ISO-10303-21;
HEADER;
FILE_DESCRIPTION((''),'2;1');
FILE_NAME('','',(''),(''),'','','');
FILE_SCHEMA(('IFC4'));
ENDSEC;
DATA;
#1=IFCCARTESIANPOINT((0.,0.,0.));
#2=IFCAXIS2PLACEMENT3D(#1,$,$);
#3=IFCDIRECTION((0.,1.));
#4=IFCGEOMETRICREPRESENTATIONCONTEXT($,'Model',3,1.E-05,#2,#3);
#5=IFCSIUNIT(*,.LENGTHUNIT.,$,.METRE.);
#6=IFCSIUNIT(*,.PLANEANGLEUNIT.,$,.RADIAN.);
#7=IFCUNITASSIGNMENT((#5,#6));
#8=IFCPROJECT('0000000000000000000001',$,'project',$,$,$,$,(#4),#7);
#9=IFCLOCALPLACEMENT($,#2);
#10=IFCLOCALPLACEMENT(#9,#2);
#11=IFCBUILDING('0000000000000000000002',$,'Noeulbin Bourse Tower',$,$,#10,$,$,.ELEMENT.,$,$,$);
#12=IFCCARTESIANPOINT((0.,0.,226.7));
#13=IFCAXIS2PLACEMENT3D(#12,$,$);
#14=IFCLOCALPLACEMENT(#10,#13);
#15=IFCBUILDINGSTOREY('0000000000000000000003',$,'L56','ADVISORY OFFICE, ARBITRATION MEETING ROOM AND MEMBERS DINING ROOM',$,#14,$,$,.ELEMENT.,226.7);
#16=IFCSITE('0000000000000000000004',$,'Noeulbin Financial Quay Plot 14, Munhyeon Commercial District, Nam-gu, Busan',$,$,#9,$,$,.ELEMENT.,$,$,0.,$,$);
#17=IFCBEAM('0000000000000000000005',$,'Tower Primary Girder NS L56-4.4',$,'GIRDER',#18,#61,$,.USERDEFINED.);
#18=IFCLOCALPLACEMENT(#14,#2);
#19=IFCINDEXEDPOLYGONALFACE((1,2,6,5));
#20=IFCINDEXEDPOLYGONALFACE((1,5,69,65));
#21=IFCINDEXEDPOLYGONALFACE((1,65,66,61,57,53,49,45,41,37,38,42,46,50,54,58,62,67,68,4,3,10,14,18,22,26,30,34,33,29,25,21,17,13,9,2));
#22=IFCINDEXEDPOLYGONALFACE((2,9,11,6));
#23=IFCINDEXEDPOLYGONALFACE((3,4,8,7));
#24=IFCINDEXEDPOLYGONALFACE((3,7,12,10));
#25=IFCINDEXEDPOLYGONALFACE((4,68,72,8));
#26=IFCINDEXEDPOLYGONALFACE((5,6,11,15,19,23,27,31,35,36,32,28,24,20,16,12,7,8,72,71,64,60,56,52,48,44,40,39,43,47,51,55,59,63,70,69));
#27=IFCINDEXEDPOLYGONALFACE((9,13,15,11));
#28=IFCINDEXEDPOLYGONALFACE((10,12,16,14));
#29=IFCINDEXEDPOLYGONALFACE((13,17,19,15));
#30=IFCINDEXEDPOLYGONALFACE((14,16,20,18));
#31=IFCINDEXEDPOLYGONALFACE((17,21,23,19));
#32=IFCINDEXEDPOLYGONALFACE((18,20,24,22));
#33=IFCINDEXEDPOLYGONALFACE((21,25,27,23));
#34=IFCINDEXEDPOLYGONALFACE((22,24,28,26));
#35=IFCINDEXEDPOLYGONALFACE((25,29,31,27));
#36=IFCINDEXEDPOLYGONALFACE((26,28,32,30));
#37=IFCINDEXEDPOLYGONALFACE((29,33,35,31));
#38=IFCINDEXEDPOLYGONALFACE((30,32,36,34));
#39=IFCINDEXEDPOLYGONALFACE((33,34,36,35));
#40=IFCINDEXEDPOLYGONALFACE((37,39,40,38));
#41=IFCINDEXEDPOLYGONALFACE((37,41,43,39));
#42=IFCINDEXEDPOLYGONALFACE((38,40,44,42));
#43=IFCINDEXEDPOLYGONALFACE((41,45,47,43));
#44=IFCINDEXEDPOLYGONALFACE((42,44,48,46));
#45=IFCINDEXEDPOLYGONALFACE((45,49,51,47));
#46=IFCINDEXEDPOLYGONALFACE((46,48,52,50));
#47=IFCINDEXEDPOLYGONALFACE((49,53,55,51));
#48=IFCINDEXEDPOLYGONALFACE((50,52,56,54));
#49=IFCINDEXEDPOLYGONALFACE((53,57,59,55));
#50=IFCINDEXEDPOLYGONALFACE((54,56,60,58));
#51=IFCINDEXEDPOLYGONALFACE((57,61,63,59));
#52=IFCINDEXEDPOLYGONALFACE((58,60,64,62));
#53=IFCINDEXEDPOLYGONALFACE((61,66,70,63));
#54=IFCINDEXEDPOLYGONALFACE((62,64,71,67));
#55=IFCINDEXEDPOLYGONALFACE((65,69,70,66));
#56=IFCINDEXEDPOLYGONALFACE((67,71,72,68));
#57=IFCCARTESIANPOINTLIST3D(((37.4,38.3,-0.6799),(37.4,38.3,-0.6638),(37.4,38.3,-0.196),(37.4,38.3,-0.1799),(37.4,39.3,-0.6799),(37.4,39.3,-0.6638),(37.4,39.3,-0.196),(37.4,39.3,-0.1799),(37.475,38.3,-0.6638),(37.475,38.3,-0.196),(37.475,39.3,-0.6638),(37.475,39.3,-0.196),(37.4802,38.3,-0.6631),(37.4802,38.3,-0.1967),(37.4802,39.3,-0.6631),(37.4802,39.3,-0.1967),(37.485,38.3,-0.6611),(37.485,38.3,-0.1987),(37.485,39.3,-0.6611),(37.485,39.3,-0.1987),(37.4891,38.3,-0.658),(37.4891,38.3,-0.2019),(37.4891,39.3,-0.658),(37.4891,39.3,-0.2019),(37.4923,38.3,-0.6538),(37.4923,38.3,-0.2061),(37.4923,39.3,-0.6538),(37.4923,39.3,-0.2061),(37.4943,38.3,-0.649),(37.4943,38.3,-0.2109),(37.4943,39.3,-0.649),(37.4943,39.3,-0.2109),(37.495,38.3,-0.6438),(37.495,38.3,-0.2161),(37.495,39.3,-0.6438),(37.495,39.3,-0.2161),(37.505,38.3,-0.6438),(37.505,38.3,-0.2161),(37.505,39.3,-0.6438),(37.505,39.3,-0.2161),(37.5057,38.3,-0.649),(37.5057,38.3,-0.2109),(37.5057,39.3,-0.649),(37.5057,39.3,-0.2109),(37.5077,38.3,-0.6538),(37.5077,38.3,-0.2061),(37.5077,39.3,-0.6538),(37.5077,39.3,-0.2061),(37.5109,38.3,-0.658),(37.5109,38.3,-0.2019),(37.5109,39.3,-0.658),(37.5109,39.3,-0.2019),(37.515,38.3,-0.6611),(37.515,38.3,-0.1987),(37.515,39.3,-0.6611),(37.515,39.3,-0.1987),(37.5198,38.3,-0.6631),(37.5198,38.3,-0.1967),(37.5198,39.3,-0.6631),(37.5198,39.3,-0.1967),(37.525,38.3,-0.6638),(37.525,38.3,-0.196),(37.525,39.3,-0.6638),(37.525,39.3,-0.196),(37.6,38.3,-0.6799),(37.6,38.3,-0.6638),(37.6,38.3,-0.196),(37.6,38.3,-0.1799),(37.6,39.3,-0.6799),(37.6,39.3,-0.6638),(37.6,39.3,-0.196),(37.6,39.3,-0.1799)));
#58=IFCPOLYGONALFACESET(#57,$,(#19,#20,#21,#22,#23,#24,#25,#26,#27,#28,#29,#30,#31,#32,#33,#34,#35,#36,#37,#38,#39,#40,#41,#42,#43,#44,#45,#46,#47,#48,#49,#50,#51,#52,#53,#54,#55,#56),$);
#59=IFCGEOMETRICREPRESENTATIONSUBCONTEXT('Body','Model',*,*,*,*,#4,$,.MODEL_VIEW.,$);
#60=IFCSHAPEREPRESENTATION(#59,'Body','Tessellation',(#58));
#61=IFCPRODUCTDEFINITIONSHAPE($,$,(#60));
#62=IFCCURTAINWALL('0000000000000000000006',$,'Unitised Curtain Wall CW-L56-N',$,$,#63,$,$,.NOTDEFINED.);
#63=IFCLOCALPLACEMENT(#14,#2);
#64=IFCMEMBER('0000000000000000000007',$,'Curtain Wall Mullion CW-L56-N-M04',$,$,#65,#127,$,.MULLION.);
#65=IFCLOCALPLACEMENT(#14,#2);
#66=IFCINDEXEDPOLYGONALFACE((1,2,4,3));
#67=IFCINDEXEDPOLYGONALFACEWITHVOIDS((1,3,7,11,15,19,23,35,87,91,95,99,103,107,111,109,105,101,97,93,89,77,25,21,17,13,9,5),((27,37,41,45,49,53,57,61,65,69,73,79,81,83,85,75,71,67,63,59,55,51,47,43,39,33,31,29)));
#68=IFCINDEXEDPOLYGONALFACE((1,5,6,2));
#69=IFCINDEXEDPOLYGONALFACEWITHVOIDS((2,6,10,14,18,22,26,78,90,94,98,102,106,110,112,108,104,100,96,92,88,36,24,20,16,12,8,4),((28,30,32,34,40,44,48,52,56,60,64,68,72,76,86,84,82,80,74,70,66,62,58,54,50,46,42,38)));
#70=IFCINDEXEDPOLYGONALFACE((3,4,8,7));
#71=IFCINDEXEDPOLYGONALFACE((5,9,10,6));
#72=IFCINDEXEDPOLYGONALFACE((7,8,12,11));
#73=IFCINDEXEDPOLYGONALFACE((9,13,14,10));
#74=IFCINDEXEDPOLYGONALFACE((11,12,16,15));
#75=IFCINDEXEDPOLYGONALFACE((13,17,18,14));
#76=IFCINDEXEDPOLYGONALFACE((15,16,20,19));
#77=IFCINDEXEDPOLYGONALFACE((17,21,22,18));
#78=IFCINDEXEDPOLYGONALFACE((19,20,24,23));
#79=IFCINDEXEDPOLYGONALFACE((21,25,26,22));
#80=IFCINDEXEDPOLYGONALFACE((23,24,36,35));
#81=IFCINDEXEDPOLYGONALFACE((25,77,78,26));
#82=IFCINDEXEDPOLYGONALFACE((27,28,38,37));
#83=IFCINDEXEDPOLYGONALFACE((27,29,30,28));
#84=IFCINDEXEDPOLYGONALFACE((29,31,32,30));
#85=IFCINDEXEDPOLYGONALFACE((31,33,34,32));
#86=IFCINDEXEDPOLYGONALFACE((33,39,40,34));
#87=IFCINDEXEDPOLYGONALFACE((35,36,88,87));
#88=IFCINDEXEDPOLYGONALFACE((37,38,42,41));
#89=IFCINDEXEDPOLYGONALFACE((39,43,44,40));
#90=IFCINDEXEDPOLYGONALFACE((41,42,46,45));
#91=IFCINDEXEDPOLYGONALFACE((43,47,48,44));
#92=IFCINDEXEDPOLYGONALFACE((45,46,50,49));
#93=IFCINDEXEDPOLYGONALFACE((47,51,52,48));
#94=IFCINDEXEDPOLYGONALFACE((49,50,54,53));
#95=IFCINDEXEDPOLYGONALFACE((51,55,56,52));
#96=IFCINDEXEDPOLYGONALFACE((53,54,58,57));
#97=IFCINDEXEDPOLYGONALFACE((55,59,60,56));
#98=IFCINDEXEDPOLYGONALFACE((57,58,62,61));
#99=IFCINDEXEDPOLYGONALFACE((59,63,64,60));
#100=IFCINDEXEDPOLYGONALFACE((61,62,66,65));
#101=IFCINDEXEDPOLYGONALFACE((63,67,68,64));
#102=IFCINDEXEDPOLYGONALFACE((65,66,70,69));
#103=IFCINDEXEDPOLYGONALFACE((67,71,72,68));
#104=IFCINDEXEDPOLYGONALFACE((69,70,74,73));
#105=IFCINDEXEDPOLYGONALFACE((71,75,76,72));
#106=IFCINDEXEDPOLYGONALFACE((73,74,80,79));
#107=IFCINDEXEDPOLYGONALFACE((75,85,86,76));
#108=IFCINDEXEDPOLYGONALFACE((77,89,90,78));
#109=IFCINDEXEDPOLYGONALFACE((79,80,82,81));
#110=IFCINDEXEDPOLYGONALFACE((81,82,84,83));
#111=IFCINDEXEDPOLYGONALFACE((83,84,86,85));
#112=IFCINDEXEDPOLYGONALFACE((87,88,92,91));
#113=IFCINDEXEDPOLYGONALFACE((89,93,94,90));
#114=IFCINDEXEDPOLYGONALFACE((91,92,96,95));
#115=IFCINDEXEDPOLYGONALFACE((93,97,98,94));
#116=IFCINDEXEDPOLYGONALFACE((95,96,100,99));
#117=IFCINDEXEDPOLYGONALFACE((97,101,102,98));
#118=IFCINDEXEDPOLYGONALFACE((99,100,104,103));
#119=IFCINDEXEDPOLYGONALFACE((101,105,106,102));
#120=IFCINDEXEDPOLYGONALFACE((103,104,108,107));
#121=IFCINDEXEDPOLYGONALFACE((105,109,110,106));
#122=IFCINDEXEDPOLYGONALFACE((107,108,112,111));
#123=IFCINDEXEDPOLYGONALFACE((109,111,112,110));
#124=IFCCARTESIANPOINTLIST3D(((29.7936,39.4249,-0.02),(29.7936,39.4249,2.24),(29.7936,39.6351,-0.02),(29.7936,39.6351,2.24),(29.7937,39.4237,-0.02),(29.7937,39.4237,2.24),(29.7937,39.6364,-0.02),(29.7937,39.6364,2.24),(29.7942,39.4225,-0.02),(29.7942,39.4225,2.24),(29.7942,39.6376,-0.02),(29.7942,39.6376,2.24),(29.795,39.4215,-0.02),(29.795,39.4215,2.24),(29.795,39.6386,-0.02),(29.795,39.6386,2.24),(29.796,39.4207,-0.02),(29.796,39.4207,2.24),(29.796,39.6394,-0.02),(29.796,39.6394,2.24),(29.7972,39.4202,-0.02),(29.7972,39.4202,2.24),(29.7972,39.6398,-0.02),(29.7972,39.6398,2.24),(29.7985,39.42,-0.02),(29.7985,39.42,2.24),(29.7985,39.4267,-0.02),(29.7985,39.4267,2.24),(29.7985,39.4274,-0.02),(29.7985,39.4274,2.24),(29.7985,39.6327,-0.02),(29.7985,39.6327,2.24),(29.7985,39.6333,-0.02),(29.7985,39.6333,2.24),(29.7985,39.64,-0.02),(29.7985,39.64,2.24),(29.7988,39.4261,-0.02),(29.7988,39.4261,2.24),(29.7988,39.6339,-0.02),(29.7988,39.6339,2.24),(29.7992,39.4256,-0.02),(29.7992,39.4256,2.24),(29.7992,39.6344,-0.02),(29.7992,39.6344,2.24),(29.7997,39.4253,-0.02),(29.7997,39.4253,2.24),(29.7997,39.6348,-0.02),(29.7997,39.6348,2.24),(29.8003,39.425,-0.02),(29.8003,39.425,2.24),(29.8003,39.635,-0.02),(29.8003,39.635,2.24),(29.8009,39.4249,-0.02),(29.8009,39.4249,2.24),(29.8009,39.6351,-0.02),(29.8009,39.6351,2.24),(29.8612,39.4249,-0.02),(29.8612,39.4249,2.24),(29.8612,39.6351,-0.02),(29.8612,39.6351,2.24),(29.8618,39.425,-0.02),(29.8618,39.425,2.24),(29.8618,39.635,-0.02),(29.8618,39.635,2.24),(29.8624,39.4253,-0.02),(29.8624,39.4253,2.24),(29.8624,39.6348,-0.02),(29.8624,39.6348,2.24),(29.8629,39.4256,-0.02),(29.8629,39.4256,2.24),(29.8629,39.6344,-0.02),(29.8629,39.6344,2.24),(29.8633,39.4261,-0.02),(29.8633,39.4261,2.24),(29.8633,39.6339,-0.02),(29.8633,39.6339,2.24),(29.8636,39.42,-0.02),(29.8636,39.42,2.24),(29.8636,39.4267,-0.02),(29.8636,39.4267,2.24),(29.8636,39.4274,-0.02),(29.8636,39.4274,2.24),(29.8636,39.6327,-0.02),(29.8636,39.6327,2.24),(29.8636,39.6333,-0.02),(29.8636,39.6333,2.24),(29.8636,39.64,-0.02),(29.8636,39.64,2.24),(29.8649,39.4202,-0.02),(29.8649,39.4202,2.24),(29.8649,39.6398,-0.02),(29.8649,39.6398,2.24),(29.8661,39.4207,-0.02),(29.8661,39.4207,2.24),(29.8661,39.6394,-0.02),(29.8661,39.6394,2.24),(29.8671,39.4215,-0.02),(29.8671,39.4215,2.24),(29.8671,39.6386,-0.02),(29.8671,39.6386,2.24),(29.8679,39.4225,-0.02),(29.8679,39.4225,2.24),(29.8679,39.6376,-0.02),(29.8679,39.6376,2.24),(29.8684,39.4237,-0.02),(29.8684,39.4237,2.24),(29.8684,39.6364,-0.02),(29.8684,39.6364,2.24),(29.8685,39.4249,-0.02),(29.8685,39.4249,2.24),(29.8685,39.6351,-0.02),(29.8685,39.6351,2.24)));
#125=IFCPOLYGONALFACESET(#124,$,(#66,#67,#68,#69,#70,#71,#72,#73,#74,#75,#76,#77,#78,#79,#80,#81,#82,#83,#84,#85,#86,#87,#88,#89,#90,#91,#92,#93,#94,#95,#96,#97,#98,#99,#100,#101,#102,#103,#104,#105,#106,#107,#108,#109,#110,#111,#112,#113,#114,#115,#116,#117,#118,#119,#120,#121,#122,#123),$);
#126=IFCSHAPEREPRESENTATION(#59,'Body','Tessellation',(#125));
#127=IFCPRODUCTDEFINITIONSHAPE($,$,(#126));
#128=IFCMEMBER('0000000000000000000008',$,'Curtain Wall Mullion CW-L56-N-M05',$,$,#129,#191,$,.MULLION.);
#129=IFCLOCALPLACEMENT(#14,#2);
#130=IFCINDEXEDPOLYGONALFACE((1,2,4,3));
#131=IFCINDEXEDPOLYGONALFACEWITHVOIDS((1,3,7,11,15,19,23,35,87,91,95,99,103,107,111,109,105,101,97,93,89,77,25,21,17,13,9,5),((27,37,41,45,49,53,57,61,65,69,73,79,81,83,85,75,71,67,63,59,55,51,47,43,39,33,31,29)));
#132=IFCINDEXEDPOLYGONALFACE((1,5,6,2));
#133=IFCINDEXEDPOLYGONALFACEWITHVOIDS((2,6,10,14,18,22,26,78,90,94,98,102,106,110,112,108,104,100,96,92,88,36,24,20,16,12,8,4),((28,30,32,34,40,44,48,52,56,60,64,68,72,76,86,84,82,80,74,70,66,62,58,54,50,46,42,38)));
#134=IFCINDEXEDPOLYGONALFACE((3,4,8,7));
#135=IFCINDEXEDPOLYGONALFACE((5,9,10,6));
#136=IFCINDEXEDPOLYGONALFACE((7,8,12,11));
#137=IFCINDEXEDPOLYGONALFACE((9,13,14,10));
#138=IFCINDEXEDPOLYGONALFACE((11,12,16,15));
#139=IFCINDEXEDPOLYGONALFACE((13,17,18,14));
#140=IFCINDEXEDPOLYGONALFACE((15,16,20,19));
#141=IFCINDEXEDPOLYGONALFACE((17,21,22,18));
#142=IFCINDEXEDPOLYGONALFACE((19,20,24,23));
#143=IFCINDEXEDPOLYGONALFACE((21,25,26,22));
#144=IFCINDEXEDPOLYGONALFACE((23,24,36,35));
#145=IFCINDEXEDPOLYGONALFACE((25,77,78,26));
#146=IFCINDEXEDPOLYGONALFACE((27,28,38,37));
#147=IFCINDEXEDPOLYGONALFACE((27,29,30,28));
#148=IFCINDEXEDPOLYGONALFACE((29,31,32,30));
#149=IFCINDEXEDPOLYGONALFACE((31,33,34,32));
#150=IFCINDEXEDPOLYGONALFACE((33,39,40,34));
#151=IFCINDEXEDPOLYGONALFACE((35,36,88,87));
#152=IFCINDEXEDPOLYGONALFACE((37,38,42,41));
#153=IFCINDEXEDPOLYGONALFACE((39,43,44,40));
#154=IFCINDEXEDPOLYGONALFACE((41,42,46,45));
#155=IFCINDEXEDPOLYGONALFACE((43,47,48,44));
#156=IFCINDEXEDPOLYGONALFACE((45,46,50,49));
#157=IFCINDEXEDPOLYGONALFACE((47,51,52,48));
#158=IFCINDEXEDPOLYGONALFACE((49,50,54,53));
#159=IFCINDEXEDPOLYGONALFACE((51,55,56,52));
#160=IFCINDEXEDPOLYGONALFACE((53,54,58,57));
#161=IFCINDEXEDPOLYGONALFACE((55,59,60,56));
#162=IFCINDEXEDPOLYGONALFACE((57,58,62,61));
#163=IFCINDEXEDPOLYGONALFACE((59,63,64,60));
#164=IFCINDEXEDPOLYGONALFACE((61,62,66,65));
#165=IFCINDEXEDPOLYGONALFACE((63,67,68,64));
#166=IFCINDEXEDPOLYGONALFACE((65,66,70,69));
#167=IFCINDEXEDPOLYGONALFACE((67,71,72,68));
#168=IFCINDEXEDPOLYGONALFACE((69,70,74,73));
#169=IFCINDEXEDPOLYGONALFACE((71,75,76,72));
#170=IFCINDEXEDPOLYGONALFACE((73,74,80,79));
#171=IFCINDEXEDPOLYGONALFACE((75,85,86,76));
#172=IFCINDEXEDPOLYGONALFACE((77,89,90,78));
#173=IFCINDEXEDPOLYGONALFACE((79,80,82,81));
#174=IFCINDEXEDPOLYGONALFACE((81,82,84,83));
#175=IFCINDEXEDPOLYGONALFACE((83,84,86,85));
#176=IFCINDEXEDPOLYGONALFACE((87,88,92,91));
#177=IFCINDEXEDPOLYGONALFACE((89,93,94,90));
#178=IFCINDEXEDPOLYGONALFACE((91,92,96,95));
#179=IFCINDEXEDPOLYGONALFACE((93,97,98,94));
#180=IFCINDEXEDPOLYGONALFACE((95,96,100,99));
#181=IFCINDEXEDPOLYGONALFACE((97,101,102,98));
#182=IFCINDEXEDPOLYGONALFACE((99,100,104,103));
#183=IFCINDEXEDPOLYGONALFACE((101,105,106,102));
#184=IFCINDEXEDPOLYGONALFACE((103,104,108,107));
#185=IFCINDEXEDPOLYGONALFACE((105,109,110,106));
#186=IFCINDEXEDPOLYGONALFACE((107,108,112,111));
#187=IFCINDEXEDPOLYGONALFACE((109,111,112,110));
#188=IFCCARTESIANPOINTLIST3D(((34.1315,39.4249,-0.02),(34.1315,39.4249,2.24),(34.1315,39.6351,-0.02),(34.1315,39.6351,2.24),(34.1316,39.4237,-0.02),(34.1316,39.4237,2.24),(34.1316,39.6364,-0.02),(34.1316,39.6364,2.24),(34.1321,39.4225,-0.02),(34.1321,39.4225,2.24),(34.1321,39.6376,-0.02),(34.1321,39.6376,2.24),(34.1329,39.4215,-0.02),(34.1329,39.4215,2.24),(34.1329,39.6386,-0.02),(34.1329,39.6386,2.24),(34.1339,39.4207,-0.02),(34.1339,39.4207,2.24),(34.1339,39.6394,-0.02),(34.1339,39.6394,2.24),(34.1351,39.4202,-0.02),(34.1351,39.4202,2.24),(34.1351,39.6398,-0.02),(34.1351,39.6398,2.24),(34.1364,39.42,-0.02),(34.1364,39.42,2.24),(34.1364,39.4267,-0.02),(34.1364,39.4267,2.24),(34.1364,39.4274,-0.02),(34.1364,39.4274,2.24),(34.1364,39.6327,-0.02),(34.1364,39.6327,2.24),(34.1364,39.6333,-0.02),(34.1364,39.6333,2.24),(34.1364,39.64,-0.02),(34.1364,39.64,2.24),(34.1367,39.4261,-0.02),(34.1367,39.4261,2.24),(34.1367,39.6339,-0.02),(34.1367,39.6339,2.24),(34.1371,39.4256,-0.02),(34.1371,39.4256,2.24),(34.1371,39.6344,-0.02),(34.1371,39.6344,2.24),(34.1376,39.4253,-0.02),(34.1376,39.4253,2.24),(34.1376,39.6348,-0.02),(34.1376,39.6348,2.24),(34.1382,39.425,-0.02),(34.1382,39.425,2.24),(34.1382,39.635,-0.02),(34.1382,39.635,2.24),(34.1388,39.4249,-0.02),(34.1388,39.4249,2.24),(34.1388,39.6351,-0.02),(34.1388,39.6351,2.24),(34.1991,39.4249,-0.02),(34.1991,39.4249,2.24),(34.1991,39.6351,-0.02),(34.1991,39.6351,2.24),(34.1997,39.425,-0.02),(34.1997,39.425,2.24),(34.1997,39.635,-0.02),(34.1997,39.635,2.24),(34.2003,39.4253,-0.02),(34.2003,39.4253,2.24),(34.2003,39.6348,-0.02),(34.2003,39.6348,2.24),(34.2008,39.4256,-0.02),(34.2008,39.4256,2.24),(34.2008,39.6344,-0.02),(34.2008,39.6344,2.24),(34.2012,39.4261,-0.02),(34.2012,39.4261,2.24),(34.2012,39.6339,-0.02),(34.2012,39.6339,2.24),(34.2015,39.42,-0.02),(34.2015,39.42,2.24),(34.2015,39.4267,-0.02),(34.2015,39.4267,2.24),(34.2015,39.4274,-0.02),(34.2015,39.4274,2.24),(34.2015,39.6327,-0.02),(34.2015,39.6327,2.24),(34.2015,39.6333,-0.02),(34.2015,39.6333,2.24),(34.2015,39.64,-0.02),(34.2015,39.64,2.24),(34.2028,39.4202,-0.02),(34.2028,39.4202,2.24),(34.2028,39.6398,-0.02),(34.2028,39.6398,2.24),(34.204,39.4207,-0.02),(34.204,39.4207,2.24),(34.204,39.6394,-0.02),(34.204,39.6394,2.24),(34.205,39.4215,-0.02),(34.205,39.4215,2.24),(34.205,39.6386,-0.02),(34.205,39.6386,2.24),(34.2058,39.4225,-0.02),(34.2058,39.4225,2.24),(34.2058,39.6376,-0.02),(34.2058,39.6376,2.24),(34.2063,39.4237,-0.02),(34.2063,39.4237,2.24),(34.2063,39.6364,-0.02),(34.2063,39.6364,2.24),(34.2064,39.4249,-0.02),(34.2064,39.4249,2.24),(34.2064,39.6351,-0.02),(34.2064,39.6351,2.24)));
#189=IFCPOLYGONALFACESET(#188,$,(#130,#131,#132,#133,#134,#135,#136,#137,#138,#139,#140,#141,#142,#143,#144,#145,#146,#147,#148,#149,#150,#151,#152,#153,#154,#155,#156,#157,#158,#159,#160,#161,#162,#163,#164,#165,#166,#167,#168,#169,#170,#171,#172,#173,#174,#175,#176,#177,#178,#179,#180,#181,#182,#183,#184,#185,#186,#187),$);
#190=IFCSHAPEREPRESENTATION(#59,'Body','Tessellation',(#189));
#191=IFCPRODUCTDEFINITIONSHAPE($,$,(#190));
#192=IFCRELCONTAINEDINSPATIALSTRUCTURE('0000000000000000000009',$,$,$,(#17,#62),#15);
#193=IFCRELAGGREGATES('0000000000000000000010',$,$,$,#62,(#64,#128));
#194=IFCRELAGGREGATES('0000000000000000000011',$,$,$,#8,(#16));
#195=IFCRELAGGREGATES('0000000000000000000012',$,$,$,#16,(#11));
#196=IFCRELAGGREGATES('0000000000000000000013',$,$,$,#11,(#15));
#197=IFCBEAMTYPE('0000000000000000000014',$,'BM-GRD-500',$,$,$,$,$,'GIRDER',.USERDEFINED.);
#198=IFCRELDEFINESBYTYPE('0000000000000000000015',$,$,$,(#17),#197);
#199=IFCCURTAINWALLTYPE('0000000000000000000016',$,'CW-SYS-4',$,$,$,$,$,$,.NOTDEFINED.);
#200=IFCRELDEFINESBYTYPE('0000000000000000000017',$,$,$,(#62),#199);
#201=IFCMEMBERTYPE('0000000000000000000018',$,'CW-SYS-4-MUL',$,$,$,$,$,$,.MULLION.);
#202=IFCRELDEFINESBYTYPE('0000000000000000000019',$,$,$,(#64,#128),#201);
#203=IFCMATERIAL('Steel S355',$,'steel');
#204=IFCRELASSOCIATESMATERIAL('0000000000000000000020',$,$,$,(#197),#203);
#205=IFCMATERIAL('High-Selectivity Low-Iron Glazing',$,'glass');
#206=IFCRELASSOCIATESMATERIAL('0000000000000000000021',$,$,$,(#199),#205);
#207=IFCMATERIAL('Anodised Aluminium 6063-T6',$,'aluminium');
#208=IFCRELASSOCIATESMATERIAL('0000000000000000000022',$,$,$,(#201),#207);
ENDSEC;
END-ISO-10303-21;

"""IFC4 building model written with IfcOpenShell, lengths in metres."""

from ifc_helpers import new_model, si_unit, direction, frame, origin, origin_2d, place, context, subcontext, project, spatial, hollow_rectangle, i_section, extrude, material, material_profile, profile_set, type_object, element, aggregate, save


model = new_model("IFC4")

# Units and contexts
model_context = context("Model", 3, precision=1e-05, world=origin(), true_north=direction((0.0, 1.0)))
body_context = subcontext(model_context, "Body", "Model", "MODEL_VIEW")
ifc_project = project(units=[si_unit("LENGTHUNIT", "METRE"), si_unit("PLANEANGLEUNIT", "RADIAN")], contexts=[model_context])

# Site, building, storey
site_placement = place(None, origin())
site = spatial("IfcSite", under=ifc_project, at=site_placement, Name="Noeulbin Financial Quay Plot 14, Munhyeon Commercial District, Nam-gu, Busan", CompositionType="ELEMENT", RefElevation=0.0)
building_placement = place(site_placement, origin())
building = spatial("IfcBuilding", under=site, at=building_placement, Name="Noeulbin Bourse Tower", CompositionType="ELEMENT")
storey_placement = place(building_placement, frame((0.0, 0.0, 226.7)))
storey = spatial("IfcBuildingStorey", under=building, at=storey_placement, Name="L56", Description="ADVISORY OFFICE, ARBITRATION MEETING ROOM AND MEMBERS DINING ROOM", CompositionType="ELEMENT", Elevation=226.7)

# Shared definitions
ifc_material_1 = material(Name="Steel S355", Category="steel")

# Beam
ifc_material_profile_1 = material_profile(ifc_material_1, i_section(OverallWidth=0.2, OverallDepth=0.5, WebThickness=0.01, FlangeThickness=0.0161, FilletRadius=0.02, at=origin_2d()), Name="H-500x200x10x16", Category="LoadBearing")
ifc_profile_set_1 = profile_set([ifc_material_profile_1], Name="Steel S355")
beam_type = type_object("IfcBeamType", Name="BM-GRD-500", ElementType="GIRDER", PredefinedType="USERDEFINED", material=ifc_profile_set_1)
for number, where, z_axis, x_axis, name in (
    (1, (37.5, 38.3, -0.4299), (0.0, 1.0, 0.0), (-1.0, 0.0, 0.0), "Tower Primary Girder NS L56-4.4"),
):
    element("IfcBeam", number, at=place(storey_placement, frame(where, z_axis=z_axis, x_axis=x_axis)), inside=storey, type_object=beam_type, Name=name, ObjectType="GIRDER", PredefinedType="USERDEFINED", context=body_context, shape_type="SweptSolid", body=[
        extrude(i_section(OverallWidth=0.2, OverallDepth=0.5, WebThickness=0.01, FlangeThickness=0.0161, FilletRadius=0.02, at=origin_2d()), origin(), (0.0, 0.0, 1.0), 1.0),
    ])

# Curtain wall, members
ifc_material_2 = material(Name="High-Selectivity Low-Iron Glazing", Category="glass")
curtain_wall_type = type_object("IfcCurtainWallType", Name="CW-SYS-4", PredefinedType="NOTDEFINED", material=ifc_material_2)
curtain_wall_placement = place(storey_placement, origin())
curtain_wall = element("IfcCurtainWall", 2, at=curtain_wall_placement, inside=storey, type_object=curtain_wall_type, Name="Unitised Curtain Wall CW-L56-N", PredefinedType="NOTDEFINED")
ifc_material_3 = material(Name="Anodised Aluminium 6063-T6", Category="aluminium")
ifc_material_profile_2 = material_profile(ifc_material_3, hollow_rectangle(XDim=0.075, YDim=0.22, WallThickness=0.0049, InnerFilletRadius=0.0024, OuterFilletRadius=0.0049, at=origin_2d()), Name="ALU-MULL-75x220x5", Category="LoadBearing")
ifc_profile_set_2 = profile_set([ifc_material_profile_2], Name="Anodised Aluminium 6063-T6")
member_type = type_object("IfcMemberType", Name="CW-SYS-4-MUL", PredefinedType="MULLION", material=ifc_profile_set_2)
member_1_placement = place(storey_placement, frame((29.8311, 39.53, -0.02), z_axis=(0.0, 0.0, 1.0), x_axis=(1.0, 0.0, 0.0)))
member_1 = element("IfcMember", 3, at=member_1_placement, type_object=member_type, Name="Curtain Wall Mullion CW-L56-N-M04", PredefinedType="MULLION", context=body_context, shape_type="SweptSolid", body=[
    extrude(hollow_rectangle(XDim=0.075, YDim=0.22, WallThickness=0.0049, InnerFilletRadius=0.0024, OuterFilletRadius=0.0049, at=origin_2d()), origin(), (0.0, 0.0, 1.0), 2.26),
])
member_2_placement = place(storey_placement, frame((34.1689, 39.53, -0.02), z_axis=(0.0, 0.0, 1.0), x_axis=(1.0, 0.0, 0.0)))
member_2 = element("IfcMember", 4, at=member_2_placement, type_object=member_type, Name="Curtain Wall Mullion CW-L56-N-M05", PredefinedType="MULLION", context=body_context, shape_type="SweptSolid", body=[
    extrude(hollow_rectangle(XDim=0.075, YDim=0.22, WallThickness=0.0049, InnerFilletRadius=0.0024, OuterFilletRadius=0.0049, at=origin_2d()), origin(), (0.0, 0.0, 1.0), 2.26),
])
aggregate(curtain_wall, [member_1, member_2])

save(model, "model.ifc")
